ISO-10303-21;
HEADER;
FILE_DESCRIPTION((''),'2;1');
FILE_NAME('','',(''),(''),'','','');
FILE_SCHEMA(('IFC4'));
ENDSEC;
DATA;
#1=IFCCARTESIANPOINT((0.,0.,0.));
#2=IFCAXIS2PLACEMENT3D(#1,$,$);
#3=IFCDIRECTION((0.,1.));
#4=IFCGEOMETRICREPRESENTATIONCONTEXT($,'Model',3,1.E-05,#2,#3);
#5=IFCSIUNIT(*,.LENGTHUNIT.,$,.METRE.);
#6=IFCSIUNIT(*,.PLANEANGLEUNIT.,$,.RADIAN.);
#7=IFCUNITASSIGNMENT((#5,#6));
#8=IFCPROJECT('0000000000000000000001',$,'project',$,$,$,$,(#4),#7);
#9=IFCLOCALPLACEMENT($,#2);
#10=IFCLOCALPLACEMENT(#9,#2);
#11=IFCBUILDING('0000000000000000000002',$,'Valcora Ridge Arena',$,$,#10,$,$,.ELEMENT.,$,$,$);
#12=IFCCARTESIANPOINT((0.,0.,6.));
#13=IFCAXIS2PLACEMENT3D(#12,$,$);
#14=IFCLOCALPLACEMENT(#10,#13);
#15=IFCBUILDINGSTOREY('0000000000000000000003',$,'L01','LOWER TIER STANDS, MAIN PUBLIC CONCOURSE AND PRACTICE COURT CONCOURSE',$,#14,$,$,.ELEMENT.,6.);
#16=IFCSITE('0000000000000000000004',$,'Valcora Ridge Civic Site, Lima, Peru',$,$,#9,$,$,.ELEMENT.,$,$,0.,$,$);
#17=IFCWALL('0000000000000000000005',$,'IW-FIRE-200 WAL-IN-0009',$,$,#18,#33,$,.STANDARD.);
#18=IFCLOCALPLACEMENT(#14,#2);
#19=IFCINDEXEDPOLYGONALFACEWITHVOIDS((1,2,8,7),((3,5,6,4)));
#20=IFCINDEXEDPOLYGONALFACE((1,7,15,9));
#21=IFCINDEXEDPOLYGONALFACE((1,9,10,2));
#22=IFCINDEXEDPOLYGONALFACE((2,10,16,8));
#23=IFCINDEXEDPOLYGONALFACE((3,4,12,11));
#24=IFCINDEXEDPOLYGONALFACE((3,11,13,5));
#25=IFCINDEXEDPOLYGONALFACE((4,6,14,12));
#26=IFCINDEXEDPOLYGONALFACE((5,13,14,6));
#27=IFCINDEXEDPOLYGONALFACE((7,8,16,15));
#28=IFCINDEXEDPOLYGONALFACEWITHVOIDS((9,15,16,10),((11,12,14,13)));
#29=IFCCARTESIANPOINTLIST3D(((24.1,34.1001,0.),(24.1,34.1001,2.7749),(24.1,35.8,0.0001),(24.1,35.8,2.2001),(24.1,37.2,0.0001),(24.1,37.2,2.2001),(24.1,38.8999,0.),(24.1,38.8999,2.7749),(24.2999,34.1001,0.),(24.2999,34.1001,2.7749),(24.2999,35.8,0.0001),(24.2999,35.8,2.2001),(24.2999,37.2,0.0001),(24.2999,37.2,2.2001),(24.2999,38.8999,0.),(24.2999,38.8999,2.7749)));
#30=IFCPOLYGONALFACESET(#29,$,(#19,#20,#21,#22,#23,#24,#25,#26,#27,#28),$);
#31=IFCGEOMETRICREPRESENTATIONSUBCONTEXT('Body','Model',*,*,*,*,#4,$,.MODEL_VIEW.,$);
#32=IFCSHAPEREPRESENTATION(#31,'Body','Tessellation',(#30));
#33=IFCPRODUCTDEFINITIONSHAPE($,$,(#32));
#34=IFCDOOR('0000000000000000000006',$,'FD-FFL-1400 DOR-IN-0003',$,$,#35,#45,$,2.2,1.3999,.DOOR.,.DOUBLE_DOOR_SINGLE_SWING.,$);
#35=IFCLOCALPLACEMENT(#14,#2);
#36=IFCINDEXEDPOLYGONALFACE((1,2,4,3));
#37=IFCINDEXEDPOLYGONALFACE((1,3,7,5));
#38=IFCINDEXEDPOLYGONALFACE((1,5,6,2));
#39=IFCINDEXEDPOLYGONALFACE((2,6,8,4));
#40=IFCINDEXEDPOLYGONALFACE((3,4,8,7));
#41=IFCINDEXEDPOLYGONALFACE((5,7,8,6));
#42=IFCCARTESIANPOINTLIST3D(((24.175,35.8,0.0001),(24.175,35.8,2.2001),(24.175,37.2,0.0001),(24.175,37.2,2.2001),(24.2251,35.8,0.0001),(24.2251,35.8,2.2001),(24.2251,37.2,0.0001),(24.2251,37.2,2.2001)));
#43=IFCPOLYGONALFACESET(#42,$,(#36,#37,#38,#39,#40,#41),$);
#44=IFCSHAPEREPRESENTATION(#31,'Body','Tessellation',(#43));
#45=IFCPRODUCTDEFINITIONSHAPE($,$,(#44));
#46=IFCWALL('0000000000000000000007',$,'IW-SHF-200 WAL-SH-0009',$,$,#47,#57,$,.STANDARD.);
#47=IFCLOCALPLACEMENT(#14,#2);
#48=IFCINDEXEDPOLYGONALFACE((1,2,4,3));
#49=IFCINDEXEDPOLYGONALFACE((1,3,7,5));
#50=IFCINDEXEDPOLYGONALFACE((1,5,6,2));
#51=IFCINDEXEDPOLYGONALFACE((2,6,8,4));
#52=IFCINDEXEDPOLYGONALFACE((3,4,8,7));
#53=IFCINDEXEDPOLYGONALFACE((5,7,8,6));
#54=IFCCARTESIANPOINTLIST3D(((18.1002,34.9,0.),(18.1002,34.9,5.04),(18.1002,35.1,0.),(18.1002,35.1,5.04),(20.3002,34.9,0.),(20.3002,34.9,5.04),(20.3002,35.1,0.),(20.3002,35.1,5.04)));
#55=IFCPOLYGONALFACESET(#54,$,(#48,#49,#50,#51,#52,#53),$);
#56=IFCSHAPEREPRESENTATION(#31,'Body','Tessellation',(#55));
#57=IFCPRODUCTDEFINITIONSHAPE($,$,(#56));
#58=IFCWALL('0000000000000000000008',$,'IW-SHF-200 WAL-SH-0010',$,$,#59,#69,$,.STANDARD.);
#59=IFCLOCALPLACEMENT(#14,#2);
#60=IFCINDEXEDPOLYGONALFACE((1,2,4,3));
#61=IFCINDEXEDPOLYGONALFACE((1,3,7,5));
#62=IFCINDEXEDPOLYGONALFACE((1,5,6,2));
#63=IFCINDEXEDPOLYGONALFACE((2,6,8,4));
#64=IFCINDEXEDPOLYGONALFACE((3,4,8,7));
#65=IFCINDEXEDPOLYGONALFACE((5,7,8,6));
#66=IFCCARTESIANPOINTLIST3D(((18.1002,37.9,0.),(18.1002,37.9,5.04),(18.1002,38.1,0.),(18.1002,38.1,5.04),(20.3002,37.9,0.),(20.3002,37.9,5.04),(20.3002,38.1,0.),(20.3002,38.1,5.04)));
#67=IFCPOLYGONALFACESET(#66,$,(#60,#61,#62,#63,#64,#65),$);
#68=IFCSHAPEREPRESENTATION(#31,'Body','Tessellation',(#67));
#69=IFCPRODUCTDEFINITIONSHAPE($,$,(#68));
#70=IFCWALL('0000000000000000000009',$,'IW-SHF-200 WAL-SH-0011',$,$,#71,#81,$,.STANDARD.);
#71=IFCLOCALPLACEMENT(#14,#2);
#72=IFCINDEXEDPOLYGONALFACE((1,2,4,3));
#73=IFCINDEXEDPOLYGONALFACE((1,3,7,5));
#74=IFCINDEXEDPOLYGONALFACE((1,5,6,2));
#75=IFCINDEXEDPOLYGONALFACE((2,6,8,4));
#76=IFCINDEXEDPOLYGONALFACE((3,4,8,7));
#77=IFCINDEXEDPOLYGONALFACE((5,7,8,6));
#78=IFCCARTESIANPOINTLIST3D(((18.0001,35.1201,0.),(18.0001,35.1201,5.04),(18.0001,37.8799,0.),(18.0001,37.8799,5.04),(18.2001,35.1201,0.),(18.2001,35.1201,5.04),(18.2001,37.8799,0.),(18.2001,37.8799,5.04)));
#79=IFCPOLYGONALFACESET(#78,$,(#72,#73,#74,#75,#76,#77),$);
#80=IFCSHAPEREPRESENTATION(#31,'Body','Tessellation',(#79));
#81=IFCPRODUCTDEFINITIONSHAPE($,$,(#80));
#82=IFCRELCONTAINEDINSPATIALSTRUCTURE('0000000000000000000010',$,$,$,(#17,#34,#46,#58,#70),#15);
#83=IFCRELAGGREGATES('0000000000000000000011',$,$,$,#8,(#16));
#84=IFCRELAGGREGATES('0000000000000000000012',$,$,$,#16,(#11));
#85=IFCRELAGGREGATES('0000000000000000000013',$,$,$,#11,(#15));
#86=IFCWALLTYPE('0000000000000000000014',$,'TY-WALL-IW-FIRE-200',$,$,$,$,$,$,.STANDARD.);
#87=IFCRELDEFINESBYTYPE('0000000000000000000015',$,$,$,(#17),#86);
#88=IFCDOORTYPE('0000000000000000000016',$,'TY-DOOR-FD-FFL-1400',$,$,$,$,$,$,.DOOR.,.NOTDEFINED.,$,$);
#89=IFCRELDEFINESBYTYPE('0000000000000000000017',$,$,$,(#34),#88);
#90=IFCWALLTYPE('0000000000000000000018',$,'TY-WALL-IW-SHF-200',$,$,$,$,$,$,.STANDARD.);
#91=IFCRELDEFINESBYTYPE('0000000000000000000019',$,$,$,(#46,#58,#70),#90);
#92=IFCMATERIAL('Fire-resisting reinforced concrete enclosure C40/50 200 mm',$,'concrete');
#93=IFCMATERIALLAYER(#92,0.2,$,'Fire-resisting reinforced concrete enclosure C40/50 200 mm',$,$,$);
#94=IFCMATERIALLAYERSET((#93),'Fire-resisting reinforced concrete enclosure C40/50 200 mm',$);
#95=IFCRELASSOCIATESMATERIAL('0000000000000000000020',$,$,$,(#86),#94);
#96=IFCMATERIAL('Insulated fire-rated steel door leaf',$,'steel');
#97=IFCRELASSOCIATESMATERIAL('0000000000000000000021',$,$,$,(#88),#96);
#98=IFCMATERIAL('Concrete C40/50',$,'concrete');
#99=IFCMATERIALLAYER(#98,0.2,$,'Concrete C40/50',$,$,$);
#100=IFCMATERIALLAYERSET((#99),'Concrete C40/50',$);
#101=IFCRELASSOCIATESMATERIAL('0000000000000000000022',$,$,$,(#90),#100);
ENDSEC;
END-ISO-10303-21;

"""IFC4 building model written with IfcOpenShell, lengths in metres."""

from ifc_helpers import new_model, si_unit, direction, frame, frame_2d, origin, place, context, subcontext, project, spatial, rectangle, extrude, material, layer, layer_set, type_object, element, fill, save


model = new_model("IFC4")

# Units and contexts
model_context = context("Model", 3, precision=1e-05, world=origin(), true_north=direction((0.0, 1.0)))
body_context = subcontext(model_context, "Body", "Model", "MODEL_VIEW")
ifc_project = project(units=[si_unit("LENGTHUNIT", "METRE"), si_unit("PLANEANGLEUNIT", "RADIAN")], contexts=[model_context])

# Site, building, storey
site_placement = place(None, origin())
site = spatial("IfcSite", under=ifc_project, at=site_placement, Name="Valcora Ridge Civic Site, Lima, Peru", CompositionType="ELEMENT", RefElevation=0.0)
building_placement = place(site_placement, origin())
building = spatial("IfcBuilding", under=site, at=building_placement, Name="Valcora Ridge Arena", CompositionType="ELEMENT")
storey_placement = place(building_placement, frame((0.0, 0.0, 6.0)))
storey = spatial("IfcBuildingStorey", under=building, at=storey_placement, Name="L01", Description="LOWER TIER STANDS, MAIN PUBLIC CONCOURSE AND PRACTICE COURT CONCOURSE", CompositionType="ELEMENT", Elevation=6.0)

# Shared definitions
ifc_material_1 = material(Name="Concrete C40/50", Category="concrete")

# Shared definitions
ifc_material_2 = material(Name="Fire-resisting reinforced concrete enclosure C40/50 200 mm", Category="concrete")
ifc_layer_1 = layer(ifc_material_2, 0.2, Name="Fire-resisting reinforced concrete enclosure C40/50 200 mm")
ifc_layer_set_1 = layer_set([ifc_layer_1], Name="Fire-resisting reinforced concrete enclosure C40/50 200 mm")
wall_type_1 = type_object("IfcWallType", Name="TY-WALL-IW-FIRE-200", PredefinedType="STANDARD", material=ifc_layer_set_1)

# Wall, opening, door
wall_1_placement = place(storey_placement, frame((24.2, 34.1001, 0.0), z_axis=(0.0, 0.0, 1.0), x_axis=(0.0, 1.0, 0.0)))
wall_1 = element("IfcWall", 1, at=wall_1_placement, inside=storey, type_object=wall_type_1, Name="IW-FIRE-200 WAL-IN-0009", PredefinedType="STANDARD", context=body_context, shape_type="SweptSolid", body=[
    extrude(rectangle(XDim=4.7998, YDim=0.2, at=frame_2d((2.3999, 0.0))), origin(), (0.0, 0.0, 1.0), 2.7749),
])
opening_1_placement = place(wall_1_placement, frame((1.7, 0.0, 0.0)))
opening_1 = element("IfcOpeningElement", 2, at=opening_1_placement, cuts=wall_1, PredefinedType="OPENING", context=body_context, shape_type="SweptSolid", body=[
    extrude(rectangle(XDim=1.3999, YDim=2.2, at=frame_2d((0.7, 1.1001))), frame((0.0, 0.1099, 0.0), z_axis=(0.0, -1.0, 0.0), x_axis=(1.0, 0.0, 0.0)), (0.0, 0.0, 1.0), 0.22),
])
ifc_material_3 = material(Name="Insulated fire-rated steel door leaf", Category="steel")
door_type_1 = type_object("IfcDoorType", Name="TY-DOOR-FD-FFL-1400", OperationType="NOTDEFINED", PredefinedType="DOOR", material=ifc_material_3)
door_1_placement = place(opening_1_placement, origin())
door_1 = element("IfcDoor", 3, at=door_1_placement, inside=storey, type_object=door_type_1, Name="FD-FFL-1400 DOR-IN-0003", OperationType="DOUBLE_DOOR_SINGLE_SWING", OverallHeight=2.2, OverallWidth=1.3999, PredefinedType="DOOR", context=body_context, shape_type="SweptSolid", body=[
    extrude(rectangle(XDim=1.3999, YDim=2.2, at=frame_2d((0.7, 1.1001))), frame((0.0, 0.0249, 0.0), z_axis=(0.0, -1.0, 0.0), x_axis=(1.0, 0.0, 0.0)), (0.0, 0.0, 1.0), 0.05),
])
fill(opening_1, door_1)

# Walls
ifc_layer_2 = layer(ifc_material_1, 0.2, Name="Concrete C40/50")
ifc_layer_set_2 = layer_set([ifc_layer_2], Name="Concrete C40/50")
wall_type_2 = type_object("IfcWallType", Name="TY-WALL-IW-SHF-200", PredefinedType="STANDARD", material=ifc_layer_set_2)
for number, where, z_axis, x_axis, name in (
    (4, (18.1001, 35.0, 0.0), (0.0, 0.0, 1.0), (1.0, 0.0, 0.0), "IW-SHF-200 WAL-SH-0009"),
    (5, (18.1001, 38.0, 0.0), (0.0, 0.0, 1.0), (1.0, 0.0, 0.0), "IW-SHF-200 WAL-SH-0010"),
):
    element("IfcWall", number, at=place(storey_placement, frame(where, z_axis=z_axis, x_axis=x_axis)), inside=storey, type_object=wall_type_2, Name=name, PredefinedType="STANDARD", context=body_context, shape_type="SweptSolid", body=[
        extrude(rectangle(XDim=2.2, YDim=0.2, at=frame_2d((1.1001, 0.0))), origin(), (0.0, 0.0, 1.0), 5.04),
    ])
wall_2_placement = place(storey_placement, frame((18.1001, 35.1201, 0.0), z_axis=(0.0, 0.0, 1.0), x_axis=(0.0, 1.0, 0.0)))
element("IfcWall", 6, at=wall_2_placement, inside=storey, type_object=wall_type_2, Name="IW-SHF-200 WAL-SH-0011", PredefinedType="STANDARD", context=body_context, shape_type="SweptSolid", body=[
    extrude(rectangle(XDim=2.7598, YDim=0.2, at=frame_2d((1.3799, 0.0))), origin(), (0.0, 0.0, 1.0), 5.04),
])

save(model, "model.ifc")
